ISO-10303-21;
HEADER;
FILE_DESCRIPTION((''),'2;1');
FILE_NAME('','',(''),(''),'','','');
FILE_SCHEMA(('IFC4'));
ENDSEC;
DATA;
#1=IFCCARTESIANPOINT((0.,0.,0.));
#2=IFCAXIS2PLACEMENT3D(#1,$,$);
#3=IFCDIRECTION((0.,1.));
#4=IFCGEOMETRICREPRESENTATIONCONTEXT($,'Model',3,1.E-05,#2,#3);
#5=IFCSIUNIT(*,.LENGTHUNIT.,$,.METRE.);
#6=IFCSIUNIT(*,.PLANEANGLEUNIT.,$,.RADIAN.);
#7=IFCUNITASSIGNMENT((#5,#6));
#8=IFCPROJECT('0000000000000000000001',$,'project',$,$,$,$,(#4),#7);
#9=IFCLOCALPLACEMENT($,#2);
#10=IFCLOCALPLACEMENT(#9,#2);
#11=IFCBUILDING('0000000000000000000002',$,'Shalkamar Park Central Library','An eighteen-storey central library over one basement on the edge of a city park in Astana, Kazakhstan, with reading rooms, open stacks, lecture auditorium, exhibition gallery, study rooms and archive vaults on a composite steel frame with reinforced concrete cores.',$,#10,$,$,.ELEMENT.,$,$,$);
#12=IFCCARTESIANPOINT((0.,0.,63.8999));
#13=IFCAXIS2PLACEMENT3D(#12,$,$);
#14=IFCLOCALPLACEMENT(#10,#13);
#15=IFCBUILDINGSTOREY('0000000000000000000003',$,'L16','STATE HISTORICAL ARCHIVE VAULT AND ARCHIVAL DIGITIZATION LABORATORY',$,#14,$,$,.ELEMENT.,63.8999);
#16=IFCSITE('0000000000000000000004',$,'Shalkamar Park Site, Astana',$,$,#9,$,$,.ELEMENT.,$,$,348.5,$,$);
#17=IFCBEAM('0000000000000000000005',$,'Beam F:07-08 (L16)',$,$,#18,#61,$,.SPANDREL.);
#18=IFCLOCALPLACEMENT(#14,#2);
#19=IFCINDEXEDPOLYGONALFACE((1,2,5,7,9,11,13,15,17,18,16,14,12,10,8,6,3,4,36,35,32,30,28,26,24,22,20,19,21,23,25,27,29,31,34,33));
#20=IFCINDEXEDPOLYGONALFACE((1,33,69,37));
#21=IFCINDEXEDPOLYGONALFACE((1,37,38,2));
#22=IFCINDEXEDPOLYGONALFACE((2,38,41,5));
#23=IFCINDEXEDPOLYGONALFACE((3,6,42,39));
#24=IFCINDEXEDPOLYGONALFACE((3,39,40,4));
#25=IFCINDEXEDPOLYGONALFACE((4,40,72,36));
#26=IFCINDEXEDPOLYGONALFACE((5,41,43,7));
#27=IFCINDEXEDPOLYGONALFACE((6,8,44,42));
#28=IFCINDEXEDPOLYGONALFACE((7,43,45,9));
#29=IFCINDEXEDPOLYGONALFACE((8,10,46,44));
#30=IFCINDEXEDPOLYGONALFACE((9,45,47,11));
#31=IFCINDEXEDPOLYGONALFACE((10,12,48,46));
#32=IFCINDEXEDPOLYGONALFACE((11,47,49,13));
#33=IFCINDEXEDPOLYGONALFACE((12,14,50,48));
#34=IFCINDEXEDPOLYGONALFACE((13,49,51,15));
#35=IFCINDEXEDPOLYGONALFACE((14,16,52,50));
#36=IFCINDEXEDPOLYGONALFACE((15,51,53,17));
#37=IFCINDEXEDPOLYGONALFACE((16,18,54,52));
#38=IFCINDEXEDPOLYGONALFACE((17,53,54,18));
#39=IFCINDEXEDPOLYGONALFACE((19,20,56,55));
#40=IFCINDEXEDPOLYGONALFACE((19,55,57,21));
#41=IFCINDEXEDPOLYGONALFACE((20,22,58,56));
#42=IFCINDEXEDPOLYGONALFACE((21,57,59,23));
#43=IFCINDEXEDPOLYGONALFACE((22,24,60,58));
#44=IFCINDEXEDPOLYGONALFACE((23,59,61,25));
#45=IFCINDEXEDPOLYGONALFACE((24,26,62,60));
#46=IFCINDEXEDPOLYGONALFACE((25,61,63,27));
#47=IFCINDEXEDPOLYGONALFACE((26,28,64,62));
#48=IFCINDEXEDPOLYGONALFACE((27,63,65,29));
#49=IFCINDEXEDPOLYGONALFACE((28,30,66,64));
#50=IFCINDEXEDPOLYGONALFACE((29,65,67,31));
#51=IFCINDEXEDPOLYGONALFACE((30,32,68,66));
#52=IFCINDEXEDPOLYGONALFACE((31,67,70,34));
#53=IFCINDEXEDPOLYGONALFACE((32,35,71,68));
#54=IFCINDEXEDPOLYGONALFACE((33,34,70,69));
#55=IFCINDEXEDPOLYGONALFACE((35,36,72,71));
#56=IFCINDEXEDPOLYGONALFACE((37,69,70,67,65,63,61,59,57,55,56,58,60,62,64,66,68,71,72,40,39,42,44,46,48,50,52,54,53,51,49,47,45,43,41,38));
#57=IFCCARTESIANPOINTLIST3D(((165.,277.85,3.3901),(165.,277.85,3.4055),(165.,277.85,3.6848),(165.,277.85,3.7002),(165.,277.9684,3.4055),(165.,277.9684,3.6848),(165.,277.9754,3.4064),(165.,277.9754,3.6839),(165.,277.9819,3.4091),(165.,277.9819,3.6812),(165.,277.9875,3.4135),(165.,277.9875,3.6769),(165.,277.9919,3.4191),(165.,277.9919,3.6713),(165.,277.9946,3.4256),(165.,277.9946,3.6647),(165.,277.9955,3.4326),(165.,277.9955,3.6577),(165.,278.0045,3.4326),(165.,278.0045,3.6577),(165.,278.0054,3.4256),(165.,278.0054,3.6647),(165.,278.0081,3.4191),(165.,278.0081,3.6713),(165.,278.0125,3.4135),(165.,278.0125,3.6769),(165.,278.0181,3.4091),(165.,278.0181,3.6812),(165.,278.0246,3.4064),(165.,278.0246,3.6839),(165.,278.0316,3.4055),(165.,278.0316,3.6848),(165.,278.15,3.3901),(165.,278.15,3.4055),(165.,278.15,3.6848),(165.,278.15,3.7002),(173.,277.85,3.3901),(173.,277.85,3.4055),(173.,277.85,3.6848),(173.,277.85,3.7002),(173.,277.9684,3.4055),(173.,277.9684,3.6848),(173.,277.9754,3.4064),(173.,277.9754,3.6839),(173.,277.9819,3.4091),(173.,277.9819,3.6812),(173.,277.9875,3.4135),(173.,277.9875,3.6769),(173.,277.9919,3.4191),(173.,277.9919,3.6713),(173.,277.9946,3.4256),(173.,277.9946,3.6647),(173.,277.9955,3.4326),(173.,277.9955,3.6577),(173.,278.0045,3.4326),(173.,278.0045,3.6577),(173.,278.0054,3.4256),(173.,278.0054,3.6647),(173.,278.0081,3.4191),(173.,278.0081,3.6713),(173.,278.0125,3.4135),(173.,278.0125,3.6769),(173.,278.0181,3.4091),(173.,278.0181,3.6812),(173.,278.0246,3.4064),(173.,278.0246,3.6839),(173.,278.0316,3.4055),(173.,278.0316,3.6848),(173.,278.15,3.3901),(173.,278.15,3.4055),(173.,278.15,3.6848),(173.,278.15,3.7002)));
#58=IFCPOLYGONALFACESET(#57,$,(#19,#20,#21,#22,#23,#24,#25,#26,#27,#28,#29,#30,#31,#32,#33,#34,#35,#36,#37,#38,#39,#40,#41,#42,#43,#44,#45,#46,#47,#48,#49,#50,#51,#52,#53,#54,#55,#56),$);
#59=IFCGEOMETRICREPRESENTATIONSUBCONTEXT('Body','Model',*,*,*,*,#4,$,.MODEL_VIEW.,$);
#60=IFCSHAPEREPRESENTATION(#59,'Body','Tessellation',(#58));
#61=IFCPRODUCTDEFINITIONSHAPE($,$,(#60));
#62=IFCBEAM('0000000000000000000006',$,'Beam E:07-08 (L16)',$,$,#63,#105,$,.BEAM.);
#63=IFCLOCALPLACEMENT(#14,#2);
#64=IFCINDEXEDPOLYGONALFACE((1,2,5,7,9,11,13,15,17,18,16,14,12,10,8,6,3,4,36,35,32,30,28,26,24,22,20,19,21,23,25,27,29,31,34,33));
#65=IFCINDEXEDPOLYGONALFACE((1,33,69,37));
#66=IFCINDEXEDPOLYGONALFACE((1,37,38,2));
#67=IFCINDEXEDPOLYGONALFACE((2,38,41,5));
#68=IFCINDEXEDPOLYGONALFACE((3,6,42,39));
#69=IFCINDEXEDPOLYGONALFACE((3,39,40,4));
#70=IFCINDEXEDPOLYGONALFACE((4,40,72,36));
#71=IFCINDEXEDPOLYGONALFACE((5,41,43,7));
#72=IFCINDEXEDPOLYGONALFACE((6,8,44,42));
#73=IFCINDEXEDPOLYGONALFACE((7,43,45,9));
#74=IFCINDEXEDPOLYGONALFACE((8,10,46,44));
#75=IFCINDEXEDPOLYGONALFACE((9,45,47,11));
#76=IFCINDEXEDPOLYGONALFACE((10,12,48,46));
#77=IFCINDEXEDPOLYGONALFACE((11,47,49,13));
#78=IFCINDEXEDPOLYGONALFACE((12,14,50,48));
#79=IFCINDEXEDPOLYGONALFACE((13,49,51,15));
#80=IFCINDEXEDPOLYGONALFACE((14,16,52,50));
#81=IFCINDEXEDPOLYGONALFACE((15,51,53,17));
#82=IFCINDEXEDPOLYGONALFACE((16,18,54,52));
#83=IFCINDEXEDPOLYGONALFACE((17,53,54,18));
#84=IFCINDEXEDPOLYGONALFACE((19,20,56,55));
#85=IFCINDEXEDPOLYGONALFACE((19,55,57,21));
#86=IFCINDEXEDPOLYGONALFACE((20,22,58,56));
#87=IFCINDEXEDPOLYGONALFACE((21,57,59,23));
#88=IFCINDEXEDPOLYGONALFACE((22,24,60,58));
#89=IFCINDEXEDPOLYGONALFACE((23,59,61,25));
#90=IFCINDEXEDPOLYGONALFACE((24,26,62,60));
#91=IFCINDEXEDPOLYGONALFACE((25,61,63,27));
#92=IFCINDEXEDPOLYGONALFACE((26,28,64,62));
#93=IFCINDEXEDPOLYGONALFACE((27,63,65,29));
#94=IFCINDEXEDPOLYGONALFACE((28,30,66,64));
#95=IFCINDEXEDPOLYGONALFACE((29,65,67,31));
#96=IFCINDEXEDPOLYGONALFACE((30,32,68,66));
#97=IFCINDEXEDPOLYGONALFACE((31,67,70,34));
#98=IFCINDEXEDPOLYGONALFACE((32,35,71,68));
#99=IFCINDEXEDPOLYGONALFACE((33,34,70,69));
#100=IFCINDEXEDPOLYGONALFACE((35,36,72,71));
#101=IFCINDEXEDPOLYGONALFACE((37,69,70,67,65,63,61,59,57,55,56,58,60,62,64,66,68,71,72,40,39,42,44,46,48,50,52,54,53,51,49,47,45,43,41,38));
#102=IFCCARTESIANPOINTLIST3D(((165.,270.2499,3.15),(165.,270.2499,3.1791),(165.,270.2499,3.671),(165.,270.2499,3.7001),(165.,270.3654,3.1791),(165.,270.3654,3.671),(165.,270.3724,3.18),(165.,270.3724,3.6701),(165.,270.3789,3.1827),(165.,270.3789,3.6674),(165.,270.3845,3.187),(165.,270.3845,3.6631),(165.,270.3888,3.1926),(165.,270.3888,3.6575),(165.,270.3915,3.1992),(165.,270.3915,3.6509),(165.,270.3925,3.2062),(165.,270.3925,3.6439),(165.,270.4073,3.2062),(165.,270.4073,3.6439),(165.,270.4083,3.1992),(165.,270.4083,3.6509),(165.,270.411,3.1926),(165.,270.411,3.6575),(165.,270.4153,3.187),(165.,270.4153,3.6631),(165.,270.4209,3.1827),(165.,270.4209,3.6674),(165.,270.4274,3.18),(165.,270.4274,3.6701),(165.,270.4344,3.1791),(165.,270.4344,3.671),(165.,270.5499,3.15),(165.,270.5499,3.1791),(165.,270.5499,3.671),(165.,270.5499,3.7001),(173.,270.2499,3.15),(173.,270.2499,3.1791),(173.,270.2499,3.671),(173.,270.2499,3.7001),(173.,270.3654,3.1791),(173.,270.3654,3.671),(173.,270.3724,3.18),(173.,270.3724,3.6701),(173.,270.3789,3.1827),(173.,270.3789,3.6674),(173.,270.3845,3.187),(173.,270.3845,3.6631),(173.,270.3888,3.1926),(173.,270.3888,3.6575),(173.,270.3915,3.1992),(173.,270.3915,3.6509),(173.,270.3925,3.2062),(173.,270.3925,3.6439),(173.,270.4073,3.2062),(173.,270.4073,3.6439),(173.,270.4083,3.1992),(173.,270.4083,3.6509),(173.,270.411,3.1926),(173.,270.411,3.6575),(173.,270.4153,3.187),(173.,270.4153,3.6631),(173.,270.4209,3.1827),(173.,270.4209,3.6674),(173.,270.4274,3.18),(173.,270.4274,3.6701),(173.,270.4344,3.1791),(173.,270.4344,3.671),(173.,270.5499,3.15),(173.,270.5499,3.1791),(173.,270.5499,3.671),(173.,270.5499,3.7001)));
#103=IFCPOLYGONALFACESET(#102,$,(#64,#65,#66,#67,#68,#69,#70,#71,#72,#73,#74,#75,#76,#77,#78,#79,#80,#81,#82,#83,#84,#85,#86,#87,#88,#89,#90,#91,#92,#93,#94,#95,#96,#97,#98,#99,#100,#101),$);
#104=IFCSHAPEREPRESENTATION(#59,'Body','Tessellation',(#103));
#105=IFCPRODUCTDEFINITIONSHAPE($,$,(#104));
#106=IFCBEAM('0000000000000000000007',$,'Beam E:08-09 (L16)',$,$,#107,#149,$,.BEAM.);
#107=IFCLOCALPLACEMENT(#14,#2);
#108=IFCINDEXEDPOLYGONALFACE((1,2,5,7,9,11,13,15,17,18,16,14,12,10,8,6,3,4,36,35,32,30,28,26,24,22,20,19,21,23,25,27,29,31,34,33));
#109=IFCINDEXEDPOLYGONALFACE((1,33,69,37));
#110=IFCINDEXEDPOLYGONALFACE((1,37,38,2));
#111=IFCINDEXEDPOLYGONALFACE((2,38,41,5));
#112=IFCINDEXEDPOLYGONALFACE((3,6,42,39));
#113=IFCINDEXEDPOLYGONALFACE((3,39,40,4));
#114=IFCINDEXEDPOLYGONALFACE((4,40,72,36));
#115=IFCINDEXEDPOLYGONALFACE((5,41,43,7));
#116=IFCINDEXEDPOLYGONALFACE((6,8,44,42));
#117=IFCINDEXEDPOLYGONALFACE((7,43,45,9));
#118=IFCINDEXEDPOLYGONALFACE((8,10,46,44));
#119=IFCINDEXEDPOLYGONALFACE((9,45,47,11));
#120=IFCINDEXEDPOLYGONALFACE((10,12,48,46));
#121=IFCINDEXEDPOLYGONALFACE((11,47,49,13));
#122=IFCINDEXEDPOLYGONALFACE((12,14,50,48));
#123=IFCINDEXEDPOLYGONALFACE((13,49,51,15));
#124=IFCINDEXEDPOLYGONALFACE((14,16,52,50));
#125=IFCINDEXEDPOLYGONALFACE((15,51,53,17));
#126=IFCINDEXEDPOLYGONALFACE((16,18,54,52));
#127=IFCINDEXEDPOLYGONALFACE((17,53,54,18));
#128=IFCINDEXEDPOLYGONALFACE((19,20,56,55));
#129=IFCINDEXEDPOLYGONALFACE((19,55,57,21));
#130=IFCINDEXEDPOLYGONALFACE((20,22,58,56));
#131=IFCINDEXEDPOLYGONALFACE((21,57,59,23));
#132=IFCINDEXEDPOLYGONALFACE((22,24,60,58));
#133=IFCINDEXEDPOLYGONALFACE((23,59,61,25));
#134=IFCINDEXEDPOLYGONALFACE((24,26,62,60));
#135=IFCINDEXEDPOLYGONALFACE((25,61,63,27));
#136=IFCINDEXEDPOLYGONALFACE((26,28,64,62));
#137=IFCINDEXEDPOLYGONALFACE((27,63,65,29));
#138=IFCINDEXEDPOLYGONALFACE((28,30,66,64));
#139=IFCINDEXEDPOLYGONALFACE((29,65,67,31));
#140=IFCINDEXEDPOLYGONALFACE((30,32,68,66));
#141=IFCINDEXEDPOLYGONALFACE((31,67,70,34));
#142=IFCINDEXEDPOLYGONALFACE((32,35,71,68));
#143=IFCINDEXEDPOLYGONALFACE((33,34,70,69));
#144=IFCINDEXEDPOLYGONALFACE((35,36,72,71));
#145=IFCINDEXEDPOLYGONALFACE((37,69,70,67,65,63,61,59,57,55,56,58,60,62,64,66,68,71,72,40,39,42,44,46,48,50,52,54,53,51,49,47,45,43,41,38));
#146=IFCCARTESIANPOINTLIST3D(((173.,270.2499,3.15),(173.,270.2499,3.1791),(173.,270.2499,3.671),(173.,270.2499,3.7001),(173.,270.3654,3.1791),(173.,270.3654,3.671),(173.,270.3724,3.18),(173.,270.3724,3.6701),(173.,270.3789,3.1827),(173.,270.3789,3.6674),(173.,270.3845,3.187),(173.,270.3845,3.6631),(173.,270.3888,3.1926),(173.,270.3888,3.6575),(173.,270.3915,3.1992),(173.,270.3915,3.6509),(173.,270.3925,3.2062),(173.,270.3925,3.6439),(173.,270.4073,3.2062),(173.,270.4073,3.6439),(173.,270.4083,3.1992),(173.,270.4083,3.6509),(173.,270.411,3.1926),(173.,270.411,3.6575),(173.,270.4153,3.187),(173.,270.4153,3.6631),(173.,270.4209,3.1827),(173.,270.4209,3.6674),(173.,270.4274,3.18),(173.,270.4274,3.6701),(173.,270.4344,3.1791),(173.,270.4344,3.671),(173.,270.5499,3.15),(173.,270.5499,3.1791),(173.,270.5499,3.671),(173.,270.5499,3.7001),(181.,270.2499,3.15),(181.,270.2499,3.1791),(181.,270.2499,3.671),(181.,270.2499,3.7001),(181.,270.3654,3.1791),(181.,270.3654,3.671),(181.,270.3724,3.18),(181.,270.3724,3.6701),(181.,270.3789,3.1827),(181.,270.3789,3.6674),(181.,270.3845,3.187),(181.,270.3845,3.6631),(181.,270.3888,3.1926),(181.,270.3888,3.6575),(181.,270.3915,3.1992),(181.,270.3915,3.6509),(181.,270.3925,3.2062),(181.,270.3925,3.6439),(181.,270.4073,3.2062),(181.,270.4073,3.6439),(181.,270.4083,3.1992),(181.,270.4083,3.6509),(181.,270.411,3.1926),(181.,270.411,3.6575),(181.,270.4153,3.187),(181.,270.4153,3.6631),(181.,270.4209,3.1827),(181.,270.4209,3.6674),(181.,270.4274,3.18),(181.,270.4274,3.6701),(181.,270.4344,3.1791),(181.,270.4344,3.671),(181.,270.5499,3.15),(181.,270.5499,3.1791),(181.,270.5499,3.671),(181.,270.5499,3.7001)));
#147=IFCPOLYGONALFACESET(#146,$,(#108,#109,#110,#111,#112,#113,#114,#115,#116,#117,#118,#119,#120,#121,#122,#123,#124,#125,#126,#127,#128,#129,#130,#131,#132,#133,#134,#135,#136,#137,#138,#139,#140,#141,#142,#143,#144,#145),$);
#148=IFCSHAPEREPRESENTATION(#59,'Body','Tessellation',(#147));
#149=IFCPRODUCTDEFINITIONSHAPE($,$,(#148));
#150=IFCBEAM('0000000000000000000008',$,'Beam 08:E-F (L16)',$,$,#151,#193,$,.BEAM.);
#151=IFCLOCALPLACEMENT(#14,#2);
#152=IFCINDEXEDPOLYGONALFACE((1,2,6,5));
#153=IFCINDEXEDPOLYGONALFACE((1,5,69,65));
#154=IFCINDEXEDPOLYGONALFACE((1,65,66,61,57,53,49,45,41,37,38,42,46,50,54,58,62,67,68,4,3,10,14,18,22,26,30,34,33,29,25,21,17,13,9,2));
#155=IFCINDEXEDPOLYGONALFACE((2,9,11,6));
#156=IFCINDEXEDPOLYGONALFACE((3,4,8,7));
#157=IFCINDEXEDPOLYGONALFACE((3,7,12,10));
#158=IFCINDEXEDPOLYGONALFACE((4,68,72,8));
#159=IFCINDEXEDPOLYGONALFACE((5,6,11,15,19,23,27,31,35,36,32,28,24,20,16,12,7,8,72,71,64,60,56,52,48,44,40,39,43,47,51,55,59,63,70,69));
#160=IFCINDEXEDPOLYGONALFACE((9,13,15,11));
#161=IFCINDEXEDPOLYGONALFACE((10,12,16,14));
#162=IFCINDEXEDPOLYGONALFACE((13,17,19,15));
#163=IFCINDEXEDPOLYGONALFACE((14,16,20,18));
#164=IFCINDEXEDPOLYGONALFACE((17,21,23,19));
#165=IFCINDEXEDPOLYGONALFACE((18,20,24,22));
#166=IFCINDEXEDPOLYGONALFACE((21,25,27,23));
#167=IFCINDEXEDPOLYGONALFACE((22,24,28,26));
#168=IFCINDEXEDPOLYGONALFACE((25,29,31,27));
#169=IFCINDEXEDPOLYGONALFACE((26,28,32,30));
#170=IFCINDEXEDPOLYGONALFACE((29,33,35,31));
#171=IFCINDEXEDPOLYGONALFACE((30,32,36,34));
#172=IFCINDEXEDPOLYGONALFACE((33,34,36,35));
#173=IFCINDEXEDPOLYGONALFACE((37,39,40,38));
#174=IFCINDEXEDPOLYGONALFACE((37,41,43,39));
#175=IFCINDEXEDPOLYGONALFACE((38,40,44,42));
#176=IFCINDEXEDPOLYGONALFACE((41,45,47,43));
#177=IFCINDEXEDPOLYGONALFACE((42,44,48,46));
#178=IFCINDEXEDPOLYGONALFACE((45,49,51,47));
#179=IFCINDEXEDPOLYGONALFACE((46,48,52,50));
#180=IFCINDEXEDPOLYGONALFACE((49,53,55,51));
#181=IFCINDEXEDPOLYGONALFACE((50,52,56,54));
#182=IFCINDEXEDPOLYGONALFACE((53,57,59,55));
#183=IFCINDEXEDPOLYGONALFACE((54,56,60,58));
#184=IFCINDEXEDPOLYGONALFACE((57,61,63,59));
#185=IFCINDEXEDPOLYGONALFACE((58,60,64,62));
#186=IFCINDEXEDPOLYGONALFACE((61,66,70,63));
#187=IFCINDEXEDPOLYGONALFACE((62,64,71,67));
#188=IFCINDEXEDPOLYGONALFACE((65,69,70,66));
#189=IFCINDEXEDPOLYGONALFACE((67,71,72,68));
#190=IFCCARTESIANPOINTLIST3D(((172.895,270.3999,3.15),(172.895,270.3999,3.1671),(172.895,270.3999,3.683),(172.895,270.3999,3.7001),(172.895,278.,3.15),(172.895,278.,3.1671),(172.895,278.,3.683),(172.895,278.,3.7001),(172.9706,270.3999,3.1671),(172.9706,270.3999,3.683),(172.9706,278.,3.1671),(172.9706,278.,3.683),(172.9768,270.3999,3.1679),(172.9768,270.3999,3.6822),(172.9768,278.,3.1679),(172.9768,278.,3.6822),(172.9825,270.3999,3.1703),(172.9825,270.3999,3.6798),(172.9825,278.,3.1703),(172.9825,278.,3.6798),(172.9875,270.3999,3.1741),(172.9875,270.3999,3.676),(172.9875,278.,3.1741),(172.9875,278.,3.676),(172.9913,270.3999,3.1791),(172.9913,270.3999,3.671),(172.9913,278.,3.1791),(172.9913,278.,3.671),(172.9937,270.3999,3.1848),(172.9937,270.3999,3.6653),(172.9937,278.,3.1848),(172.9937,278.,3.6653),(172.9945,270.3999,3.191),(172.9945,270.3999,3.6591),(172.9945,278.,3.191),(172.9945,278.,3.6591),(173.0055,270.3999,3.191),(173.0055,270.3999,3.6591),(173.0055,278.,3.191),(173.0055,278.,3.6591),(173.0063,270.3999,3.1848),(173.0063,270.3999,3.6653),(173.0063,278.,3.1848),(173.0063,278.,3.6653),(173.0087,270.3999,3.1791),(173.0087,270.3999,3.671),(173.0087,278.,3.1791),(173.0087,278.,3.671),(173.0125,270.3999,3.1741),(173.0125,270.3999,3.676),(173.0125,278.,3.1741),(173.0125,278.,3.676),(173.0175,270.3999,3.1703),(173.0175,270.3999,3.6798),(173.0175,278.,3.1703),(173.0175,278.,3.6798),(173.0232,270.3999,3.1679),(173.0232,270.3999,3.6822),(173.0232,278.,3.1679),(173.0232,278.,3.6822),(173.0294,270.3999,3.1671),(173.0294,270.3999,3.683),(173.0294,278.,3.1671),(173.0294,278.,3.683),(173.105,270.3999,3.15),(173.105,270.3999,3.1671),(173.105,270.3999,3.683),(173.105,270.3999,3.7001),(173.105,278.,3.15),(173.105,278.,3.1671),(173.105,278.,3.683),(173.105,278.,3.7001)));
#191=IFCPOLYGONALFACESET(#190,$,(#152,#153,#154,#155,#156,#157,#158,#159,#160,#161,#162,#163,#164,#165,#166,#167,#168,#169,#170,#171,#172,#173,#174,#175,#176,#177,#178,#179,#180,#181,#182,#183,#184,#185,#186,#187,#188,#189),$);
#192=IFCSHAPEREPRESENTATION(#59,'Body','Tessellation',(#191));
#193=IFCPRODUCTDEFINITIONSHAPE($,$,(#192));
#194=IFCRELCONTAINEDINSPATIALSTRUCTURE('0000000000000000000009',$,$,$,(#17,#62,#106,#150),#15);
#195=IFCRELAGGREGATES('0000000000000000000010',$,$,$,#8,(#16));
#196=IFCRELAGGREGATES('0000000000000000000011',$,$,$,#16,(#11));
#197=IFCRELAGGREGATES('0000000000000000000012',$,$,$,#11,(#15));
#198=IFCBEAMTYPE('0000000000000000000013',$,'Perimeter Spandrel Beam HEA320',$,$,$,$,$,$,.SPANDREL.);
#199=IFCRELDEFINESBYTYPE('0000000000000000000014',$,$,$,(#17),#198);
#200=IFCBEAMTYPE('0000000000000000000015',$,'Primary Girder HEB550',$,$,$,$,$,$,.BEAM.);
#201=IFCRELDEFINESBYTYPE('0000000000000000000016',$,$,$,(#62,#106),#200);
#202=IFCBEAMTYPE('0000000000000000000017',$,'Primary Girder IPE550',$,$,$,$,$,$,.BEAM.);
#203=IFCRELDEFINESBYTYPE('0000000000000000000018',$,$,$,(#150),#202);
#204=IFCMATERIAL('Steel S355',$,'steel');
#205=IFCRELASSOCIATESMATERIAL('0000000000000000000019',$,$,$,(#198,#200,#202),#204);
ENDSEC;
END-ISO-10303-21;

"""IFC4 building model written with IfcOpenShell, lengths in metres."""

from ifc_helpers import new_model, si_unit, direction, frame, origin, origin_2d, place, context, subcontext, project, spatial, i_section, extrude, material, material_profile, profile_set, type_object, element, save


model = new_model("IFC4")

# Units and contexts
model_context = context("Model", 3, precision=1e-05, world=origin(), true_north=direction((0.0, 1.0)))
body_context = subcontext(model_context, "Body", "Model", "MODEL_VIEW")
ifc_project = project(units=[si_unit("LENGTHUNIT", "METRE"), si_unit("PLANEANGLEUNIT", "RADIAN")], contexts=[model_context])

# Site, building, storey
site_placement = place(None, origin())
site = spatial("IfcSite", under=ifc_project, at=site_placement, Name="Shalkamar Park Site, Astana", CompositionType="ELEMENT", RefElevation=348.5)
building_placement = place(site_placement, origin())
building = spatial("IfcBuilding", under=site, at=building_placement, Name="Shalkamar Park Central Library", Description="An eighteen-storey central library over one basement on the edge of a city park in Astana, Kazakhstan, with reading rooms, open stacks, lecture auditorium, exhibition gallery, study rooms and archive vaults on a composite steel frame with reinforced concrete cores.", CompositionType="ELEMENT")
storey_placement = place(building_placement, frame((0.0, 0.0, 63.8999)))
storey = spatial("IfcBuildingStorey", under=building, at=storey_placement, Name="L16", Description="STATE HISTORICAL ARCHIVE VAULT AND ARCHIVAL DIGITIZATION LABORATORY", CompositionType="ELEMENT", Elevation=63.8999)

# Shared definitions
ifc_material_1 = material(Name="Steel S355", Category="steel")

# Beams
ifc_material_profile_1 = material_profile(ifc_material_1, i_section(OverallWidth=0.3, OverallDepth=0.3101, WebThickness=0.009, FlangeThickness=0.0154, FilletRadius=0.0271, at=origin_2d()), Name="HEA 320")
ifc_profile_set_1 = profile_set([ifc_material_profile_1], Name="Steel S355")
beam_type_1 = type_object("IfcBeamType", Name="Perimeter Spandrel Beam HEA320", PredefinedType="SPANDREL", material=ifc_profile_set_1)
beam_1_placement = place(storey_placement, frame((165.0, 278.0, 3.5452), z_axis=(1.0, 0.0, 0.0), x_axis=(0.0, 1.0, 0.0)))
element("IfcBeam", 1, at=beam_1_placement, inside=storey, type_object=beam_type_1, Name="Beam F:07-08 (L16)", PredefinedType="SPANDREL", context=body_context, shape_type="SweptSolid", body=[
    extrude(i_section(OverallWidth=0.3, OverallDepth=0.3101, WebThickness=0.009, FlangeThickness=0.0154, FilletRadius=0.0271, at=origin_2d()), origin(), (0.0, 0.0, 1.0), 8.0),
])
ifc_material_profile_2 = material_profile(ifc_material_1, i_section(OverallWidth=0.3, OverallDepth=0.55, WebThickness=0.0149, FlangeThickness=0.0291, FilletRadius=0.0271, at=origin_2d()), Name="HEB 550")
ifc_profile_set_2 = profile_set([ifc_material_profile_2], Name="Steel S355")
beam_type_2 = type_object("IfcBeamType", Name="Primary Girder HEB550", PredefinedType="BEAM", material=ifc_profile_set_2)
for number, where, z_axis, x_axis, name in (
    (2, (165.0, 270.3999, 3.425), (1.0, 0.0, 0.0), (0.0, 1.0, 0.0), "Beam E:07-08 (L16)"),
    (3, (173.0, 270.3999, 3.425), (1.0, 0.0, 0.0), (0.0, 1.0, 0.0), "Beam E:08-09 (L16)"),
):
    element("IfcBeam", number, at=place(storey_placement, frame(where, z_axis=z_axis, x_axis=x_axis)), inside=storey, type_object=beam_type_2, Name=name, PredefinedType="BEAM", context=body_context, shape_type="SweptSolid", body=[
        extrude(i_section(OverallWidth=0.3, OverallDepth=0.55, WebThickness=0.0149, FlangeThickness=0.0291, FilletRadius=0.0271, at=origin_2d()), origin(), (0.0, 0.0, 1.0), 8.0),
    ])
ifc_material_profile_3 = material_profile(ifc_material_1, i_section(OverallWidth=0.21, OverallDepth=0.55, WebThickness=0.011, FlangeThickness=0.0171, FilletRadius=0.0239, at=origin_2d()), Name="IPE 550")
ifc_profile_set_3 = profile_set([ifc_material_profile_3], Name="Steel S355")
beam_type_3 = type_object("IfcBeamType", Name="Primary Girder IPE550", PredefinedType="BEAM", material=ifc_profile_set_3)
beam_2_placement = place(storey_placement, frame((173.0, 270.3999, 3.425), z_axis=(0.0, 1.0, 0.0), x_axis=(-1.0, 0.0, 0.0)))
element("IfcBeam", 4, at=beam_2_placement, inside=storey, type_object=beam_type_3, Name="Beam 08:E-F (L16)", PredefinedType="BEAM", context=body_context, shape_type="SweptSolid", body=[
    extrude(i_section(OverallWidth=0.21, OverallDepth=0.55, WebThickness=0.011, FlangeThickness=0.0171, FilletRadius=0.0239, at=origin_2d()), origin(), (0.0, 0.0, 1.0), 7.6001),
])

save(model, "model.ifc")
